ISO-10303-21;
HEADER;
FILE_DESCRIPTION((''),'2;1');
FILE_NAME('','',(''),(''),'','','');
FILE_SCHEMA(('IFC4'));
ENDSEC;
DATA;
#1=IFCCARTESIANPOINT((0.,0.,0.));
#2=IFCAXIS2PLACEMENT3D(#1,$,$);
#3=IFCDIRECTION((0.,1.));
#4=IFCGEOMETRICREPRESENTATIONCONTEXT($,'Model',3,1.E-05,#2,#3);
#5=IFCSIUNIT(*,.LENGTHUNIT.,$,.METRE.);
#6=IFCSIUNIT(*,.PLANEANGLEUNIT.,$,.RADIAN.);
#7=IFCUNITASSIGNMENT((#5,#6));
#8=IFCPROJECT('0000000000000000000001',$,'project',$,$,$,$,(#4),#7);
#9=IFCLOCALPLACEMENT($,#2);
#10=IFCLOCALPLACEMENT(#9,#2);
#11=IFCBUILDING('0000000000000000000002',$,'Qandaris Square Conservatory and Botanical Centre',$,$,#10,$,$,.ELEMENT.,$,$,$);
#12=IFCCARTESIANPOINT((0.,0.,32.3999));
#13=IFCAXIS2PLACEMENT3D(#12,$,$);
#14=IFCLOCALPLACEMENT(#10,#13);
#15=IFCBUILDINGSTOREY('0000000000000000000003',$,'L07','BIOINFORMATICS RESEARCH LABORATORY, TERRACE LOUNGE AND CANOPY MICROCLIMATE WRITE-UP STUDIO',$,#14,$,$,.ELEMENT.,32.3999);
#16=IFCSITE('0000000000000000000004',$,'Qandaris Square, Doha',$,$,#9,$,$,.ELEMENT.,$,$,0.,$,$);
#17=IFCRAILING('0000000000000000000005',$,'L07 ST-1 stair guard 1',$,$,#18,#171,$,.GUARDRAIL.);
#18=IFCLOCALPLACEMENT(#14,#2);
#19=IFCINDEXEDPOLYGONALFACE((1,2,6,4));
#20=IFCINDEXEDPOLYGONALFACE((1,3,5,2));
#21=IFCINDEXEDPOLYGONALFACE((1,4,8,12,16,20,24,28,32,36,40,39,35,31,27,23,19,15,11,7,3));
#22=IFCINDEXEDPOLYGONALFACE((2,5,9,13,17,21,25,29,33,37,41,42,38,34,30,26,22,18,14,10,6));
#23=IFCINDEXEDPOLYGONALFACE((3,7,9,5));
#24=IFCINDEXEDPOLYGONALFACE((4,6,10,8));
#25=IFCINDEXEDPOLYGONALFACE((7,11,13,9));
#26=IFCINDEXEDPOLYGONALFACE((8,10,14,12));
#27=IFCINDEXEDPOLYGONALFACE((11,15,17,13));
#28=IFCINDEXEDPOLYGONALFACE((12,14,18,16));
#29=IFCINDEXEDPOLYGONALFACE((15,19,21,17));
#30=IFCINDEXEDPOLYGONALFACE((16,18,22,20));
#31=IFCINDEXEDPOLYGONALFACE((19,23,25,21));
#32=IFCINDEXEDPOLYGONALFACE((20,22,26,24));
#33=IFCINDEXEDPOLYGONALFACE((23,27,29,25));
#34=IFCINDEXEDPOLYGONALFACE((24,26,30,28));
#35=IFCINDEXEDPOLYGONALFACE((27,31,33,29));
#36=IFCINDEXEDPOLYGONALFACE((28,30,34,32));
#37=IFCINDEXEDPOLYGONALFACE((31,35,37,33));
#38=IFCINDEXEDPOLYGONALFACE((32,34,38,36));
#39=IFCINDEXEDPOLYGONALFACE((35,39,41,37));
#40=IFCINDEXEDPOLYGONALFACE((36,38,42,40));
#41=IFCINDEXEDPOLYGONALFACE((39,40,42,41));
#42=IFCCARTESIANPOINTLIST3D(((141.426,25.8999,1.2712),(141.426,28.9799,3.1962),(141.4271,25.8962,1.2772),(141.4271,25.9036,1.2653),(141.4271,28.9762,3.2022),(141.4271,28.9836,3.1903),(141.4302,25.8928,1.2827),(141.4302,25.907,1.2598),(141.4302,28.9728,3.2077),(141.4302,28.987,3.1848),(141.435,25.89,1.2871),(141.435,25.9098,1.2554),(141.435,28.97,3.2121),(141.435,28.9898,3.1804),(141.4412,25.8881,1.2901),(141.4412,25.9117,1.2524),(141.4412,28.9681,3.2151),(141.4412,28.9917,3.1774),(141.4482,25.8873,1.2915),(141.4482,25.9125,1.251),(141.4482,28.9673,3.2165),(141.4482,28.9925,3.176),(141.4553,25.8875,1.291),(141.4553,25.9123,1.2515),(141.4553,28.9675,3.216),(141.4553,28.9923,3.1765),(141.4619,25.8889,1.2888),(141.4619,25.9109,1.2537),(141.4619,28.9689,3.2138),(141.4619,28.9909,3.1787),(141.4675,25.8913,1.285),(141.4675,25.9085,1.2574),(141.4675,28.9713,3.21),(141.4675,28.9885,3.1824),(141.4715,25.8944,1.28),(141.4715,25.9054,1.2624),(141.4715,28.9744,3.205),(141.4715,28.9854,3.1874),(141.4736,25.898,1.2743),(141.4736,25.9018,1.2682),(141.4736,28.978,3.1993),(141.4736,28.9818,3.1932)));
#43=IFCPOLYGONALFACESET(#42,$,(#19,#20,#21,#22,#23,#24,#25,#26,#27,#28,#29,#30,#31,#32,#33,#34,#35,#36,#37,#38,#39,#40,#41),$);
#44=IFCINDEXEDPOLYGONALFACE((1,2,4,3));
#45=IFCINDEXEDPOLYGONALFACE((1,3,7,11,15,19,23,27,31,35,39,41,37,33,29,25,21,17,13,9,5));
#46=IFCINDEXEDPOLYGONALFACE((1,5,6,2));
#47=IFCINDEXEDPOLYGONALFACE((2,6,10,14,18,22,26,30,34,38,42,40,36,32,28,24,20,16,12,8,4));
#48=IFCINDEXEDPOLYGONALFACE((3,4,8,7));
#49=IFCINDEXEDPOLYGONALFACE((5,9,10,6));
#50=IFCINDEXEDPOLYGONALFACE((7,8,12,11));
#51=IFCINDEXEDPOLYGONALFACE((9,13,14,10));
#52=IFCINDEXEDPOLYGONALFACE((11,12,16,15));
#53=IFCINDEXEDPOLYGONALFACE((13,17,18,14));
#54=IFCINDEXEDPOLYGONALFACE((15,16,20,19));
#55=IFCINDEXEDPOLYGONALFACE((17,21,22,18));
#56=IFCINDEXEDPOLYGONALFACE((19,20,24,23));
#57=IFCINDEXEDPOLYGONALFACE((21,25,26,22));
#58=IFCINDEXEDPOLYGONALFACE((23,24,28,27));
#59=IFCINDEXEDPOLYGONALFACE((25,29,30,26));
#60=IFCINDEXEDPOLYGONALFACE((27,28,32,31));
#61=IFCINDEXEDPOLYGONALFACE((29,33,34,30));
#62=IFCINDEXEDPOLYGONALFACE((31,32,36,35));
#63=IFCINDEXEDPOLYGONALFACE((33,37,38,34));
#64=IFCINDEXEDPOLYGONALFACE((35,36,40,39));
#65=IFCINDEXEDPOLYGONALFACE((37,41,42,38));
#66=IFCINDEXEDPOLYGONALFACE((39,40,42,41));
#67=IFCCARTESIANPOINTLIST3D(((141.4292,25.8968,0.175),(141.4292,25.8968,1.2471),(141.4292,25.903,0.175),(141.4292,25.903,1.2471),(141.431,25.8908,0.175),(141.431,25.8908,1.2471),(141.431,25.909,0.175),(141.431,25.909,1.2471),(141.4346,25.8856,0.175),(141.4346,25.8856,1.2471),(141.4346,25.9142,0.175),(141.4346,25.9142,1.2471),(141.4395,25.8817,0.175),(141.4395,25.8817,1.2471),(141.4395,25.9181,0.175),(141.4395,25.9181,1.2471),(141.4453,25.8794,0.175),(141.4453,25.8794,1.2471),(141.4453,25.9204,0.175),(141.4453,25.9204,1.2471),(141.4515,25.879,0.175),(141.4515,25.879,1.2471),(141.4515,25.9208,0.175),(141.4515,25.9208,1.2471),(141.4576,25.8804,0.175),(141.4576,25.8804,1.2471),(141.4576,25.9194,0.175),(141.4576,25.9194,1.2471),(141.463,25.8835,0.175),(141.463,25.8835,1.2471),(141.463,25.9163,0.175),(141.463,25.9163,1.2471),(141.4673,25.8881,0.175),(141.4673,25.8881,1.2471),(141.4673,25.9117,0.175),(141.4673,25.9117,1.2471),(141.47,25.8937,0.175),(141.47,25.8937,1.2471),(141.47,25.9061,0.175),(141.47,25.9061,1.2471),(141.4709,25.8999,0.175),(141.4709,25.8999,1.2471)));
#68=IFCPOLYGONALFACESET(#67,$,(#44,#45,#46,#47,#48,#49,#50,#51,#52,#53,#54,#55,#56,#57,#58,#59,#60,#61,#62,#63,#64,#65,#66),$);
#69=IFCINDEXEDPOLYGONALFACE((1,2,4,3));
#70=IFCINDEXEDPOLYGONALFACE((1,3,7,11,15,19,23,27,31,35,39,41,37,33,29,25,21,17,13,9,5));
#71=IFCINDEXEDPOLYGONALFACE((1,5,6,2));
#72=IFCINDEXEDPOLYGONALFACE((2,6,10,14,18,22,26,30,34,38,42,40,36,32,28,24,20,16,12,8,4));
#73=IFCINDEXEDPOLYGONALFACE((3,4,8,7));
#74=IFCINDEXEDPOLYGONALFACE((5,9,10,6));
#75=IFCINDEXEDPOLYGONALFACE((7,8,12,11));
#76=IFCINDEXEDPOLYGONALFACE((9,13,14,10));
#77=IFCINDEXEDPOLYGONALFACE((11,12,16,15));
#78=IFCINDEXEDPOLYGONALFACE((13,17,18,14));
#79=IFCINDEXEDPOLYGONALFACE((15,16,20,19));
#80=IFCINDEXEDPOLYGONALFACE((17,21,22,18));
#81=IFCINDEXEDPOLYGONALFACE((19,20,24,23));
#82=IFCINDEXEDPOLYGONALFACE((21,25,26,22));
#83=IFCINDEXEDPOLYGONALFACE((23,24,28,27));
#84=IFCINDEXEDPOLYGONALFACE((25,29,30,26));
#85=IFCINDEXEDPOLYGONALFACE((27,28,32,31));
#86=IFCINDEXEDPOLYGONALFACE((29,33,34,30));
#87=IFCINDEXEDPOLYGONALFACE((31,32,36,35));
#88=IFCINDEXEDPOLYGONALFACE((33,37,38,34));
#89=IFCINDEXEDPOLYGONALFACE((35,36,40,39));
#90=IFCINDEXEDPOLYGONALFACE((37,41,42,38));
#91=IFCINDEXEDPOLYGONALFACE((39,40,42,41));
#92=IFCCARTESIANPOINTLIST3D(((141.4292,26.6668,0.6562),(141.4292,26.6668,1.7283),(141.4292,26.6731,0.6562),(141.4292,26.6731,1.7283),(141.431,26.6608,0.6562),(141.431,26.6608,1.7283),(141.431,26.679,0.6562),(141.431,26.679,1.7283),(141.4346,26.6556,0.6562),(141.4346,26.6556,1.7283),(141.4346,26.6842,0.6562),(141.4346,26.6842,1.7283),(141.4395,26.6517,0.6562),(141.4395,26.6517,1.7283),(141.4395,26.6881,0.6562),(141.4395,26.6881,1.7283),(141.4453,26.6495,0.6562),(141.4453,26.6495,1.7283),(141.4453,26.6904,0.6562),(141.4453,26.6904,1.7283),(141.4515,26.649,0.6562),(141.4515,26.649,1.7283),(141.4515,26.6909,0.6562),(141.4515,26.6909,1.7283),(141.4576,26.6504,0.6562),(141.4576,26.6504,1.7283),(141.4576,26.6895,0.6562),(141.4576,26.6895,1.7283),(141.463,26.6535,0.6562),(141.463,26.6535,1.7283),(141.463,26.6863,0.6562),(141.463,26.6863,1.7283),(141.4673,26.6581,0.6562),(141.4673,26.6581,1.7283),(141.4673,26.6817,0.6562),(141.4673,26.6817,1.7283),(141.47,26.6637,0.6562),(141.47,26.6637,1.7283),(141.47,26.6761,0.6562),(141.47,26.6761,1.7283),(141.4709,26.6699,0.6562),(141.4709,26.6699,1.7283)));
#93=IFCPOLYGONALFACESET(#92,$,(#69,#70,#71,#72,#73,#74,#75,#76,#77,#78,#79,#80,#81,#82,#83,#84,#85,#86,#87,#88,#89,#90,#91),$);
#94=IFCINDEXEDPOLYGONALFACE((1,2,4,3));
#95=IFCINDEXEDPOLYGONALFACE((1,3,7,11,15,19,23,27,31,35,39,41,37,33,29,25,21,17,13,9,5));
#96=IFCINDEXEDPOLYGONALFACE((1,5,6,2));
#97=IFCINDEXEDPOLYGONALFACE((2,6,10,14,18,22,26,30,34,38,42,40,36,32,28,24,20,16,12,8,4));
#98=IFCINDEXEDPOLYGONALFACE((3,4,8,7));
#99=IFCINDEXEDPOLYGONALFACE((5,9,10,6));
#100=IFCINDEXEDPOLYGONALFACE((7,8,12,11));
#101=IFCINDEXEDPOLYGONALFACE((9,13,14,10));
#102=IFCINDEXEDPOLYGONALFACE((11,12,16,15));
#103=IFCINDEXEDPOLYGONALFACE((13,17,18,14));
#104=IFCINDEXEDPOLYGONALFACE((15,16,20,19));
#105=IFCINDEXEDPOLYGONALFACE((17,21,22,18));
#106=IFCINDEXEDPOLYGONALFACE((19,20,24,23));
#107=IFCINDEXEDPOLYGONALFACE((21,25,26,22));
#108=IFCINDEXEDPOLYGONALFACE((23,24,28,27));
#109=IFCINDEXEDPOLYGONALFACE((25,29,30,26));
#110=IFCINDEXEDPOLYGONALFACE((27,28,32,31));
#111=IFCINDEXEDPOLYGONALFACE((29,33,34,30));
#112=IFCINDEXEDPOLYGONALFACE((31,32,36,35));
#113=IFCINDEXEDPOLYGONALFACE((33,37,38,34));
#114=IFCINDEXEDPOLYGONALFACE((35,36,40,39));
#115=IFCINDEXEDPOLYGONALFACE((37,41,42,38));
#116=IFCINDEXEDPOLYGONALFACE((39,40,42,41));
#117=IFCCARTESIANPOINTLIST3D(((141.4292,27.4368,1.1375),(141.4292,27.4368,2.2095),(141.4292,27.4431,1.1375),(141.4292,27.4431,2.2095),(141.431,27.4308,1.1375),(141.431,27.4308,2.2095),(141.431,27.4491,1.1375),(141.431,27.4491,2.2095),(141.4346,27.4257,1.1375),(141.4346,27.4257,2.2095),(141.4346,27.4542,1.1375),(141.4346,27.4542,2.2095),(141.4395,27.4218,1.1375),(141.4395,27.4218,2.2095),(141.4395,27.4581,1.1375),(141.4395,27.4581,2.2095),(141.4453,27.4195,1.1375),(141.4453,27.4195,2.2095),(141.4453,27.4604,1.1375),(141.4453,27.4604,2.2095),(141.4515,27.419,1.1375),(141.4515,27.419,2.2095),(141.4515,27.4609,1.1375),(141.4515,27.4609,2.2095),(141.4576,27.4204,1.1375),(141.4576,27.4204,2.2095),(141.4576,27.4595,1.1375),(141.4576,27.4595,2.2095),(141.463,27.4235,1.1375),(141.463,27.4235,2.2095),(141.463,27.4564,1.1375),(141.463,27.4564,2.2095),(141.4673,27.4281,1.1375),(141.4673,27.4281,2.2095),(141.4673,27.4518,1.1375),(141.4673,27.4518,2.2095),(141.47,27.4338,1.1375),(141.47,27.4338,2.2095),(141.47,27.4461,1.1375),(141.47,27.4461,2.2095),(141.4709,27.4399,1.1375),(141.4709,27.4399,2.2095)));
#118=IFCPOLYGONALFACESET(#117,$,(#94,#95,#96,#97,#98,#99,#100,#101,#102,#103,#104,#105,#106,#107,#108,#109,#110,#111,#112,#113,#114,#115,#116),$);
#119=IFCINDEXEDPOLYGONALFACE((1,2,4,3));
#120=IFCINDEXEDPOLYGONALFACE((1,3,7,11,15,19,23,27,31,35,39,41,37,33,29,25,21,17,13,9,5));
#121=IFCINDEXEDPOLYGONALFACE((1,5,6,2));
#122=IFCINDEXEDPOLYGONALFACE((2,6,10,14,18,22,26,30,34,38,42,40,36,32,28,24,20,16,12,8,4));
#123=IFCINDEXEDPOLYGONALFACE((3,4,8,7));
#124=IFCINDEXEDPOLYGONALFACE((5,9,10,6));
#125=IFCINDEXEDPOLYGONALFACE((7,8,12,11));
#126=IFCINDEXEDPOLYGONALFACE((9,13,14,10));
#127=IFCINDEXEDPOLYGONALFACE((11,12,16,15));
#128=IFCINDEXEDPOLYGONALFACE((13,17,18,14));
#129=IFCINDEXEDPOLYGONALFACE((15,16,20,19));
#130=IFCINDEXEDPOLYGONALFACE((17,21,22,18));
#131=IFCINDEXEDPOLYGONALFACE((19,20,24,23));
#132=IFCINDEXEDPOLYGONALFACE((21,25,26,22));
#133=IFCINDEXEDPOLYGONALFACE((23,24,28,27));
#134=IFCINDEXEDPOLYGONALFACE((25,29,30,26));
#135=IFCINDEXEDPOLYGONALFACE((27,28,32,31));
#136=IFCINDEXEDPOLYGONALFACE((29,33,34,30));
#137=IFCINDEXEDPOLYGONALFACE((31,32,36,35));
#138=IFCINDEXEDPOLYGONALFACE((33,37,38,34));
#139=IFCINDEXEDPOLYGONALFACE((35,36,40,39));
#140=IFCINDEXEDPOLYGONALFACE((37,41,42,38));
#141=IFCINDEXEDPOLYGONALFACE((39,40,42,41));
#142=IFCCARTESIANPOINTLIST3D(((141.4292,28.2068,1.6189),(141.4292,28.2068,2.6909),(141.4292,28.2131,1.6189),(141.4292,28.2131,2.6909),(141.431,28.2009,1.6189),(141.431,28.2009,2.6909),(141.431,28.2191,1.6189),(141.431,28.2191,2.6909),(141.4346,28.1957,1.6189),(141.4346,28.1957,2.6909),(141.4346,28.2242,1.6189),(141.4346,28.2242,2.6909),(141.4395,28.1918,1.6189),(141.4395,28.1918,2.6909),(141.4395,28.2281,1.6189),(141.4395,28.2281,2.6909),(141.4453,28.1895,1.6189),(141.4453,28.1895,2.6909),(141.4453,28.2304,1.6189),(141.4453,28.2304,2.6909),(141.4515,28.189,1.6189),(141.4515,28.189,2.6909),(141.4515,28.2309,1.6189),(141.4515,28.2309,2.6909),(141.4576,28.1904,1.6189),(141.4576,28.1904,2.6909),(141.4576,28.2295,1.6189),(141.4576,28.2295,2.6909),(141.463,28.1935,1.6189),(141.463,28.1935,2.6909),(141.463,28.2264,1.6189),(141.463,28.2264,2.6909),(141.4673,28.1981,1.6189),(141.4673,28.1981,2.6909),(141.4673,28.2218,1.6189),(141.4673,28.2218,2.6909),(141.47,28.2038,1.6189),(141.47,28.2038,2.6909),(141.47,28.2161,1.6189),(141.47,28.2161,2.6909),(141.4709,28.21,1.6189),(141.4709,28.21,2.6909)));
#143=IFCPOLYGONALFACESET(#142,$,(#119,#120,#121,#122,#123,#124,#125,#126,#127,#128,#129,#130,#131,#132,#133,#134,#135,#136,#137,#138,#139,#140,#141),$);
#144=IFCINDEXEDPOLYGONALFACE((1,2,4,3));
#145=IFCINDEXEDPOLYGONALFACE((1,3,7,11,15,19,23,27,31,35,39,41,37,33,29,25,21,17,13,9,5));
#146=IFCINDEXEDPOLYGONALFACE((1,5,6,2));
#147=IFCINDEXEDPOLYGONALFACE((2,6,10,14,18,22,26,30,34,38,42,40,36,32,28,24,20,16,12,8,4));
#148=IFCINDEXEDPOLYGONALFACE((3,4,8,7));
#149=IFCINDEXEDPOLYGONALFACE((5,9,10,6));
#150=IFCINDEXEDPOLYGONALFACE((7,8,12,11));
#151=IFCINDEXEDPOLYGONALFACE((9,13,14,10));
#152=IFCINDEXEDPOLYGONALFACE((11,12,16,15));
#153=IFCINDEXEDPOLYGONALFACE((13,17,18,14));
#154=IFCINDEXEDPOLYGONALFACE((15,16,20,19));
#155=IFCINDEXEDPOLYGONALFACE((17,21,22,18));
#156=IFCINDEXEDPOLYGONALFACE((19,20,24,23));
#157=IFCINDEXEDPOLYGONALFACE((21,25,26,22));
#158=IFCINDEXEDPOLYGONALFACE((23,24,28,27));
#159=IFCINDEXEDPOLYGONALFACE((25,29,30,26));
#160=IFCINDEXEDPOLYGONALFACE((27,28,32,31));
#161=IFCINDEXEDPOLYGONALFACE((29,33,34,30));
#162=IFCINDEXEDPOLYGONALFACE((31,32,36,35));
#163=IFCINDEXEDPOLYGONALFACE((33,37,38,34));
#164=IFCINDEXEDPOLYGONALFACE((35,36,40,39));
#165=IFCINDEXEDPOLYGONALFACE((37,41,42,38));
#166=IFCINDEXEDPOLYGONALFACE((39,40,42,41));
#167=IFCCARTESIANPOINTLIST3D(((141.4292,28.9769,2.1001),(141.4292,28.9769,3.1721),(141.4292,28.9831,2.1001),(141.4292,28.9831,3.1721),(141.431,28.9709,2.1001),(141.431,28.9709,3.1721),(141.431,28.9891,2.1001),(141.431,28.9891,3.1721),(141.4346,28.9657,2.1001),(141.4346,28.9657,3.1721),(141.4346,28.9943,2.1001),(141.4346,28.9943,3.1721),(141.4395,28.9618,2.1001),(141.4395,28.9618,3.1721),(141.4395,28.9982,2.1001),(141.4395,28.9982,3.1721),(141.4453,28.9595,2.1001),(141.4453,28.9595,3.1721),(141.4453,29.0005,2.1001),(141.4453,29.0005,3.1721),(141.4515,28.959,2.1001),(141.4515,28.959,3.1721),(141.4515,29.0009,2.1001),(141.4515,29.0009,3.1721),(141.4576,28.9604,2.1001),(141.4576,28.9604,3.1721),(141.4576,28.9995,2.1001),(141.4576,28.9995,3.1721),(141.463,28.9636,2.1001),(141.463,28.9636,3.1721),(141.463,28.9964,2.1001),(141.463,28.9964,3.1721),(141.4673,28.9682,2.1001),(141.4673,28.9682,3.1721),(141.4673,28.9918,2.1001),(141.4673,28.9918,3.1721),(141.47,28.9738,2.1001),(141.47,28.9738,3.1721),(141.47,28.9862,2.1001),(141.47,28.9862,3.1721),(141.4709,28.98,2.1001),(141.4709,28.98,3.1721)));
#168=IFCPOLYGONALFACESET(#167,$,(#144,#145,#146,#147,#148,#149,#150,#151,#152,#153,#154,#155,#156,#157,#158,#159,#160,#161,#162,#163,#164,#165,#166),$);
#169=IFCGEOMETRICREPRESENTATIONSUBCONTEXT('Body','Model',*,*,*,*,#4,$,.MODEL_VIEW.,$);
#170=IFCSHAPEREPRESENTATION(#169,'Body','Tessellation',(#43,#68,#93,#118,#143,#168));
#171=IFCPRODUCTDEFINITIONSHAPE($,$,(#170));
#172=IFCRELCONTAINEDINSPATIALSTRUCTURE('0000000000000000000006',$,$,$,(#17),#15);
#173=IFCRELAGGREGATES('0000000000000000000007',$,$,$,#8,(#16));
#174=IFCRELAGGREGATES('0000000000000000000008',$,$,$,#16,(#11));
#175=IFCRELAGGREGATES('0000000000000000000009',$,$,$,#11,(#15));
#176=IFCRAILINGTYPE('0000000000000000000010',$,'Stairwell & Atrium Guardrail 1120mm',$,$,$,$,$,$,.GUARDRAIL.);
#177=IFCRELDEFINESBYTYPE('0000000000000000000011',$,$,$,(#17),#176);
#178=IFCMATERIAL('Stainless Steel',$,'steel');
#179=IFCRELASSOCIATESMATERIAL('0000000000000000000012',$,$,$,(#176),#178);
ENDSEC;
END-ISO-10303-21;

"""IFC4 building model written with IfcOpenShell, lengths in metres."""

from ifc_helpers import new_model, si_unit, direction, frame, origin, origin_2d, place, context, subcontext, project, spatial, circle, extrude, material, type_object, element, save


model = new_model("IFC4")

# Units and contexts
model_context = context("Model", 3, precision=1e-05, world=origin(), true_north=direction((0.0, 1.0)))
body_context = subcontext(model_context, "Body", "Model", "MODEL_VIEW")
ifc_project = project(units=[si_unit("LENGTHUNIT", "METRE"), si_unit("PLANEANGLEUNIT", "RADIAN")], contexts=[model_context])

# Site, building, storey
site_placement = place(None, origin())
site = spatial("IfcSite", under=ifc_project, at=site_placement, Name="Qandaris Square, Doha", CompositionType="ELEMENT", RefElevation=0.0)
building_placement = place(site_placement, origin())
building = spatial("IfcBuilding", under=site, at=building_placement, Name="Qandaris Square Conservatory and Botanical Centre", CompositionType="ELEMENT")
storey_placement = place(building_placement, frame((0.0, 0.0, 32.3999)))
storey = spatial("IfcBuildingStorey", under=building, at=storey_placement, Name="L07", Description="BIOINFORMATICS RESEARCH LABORATORY, TERRACE LOUNGE AND CANOPY MICROCLIMATE WRITE-UP STUDIO", CompositionType="ELEMENT", Elevation=32.3999)

# Railing
ifc_material_1 = material(Name="Stainless Steel", Category="steel")
railing_type_1 = type_object("IfcRailingType", Name="Stairwell & Atrium Guardrail 1120mm", PredefinedType="GUARDRAIL", material=ifc_material_1)
railing_1_placement = place(storey_placement, frame((141.45, 25.8999, 0.175)))
element("IfcRailing", 1, at=railing_1_placement, inside=storey, type_object=railing_type_1, Name="L07 ST-1 stair guard 1", PredefinedType="GUARDRAIL", context=body_context, shape_type="SweptSolid", body=[
    extrude(circle(Radius=0.0239, at=origin_2d()), frame((0.0, 0.0, 1.0962), z_axis=(0.0, 0.847998, 0.529999), x_axis=(-1.0, 0.0, 0.0)), (0.0, 0.0, 1.0), 3.6321),
    extrude(circle(Radius=0.021, at=origin_2d()), origin(), (0.0, 0.0, 1.0), 1.072),
    extrude(circle(Radius=0.021, at=origin_2d()), frame((0.0, 0.77, 0.4812)), (0.0, 0.0, 1.0), 1.072),
    extrude(circle(Radius=0.021, at=origin_2d()), frame((0.0, 1.54, 0.9624)), (0.0, 0.0, 1.0), 1.072),
    extrude(circle(Radius=0.021, at=origin_2d()), frame((0.0, 2.3101, 1.4438)), (0.0, 0.0, 1.0), 1.072),
    extrude(circle(Radius=0.021, at=origin_2d()), frame((0.0, 3.0801, 1.925)), (0.0, 0.0, 1.0), 1.072),
])

save(model, "model.ifc")
